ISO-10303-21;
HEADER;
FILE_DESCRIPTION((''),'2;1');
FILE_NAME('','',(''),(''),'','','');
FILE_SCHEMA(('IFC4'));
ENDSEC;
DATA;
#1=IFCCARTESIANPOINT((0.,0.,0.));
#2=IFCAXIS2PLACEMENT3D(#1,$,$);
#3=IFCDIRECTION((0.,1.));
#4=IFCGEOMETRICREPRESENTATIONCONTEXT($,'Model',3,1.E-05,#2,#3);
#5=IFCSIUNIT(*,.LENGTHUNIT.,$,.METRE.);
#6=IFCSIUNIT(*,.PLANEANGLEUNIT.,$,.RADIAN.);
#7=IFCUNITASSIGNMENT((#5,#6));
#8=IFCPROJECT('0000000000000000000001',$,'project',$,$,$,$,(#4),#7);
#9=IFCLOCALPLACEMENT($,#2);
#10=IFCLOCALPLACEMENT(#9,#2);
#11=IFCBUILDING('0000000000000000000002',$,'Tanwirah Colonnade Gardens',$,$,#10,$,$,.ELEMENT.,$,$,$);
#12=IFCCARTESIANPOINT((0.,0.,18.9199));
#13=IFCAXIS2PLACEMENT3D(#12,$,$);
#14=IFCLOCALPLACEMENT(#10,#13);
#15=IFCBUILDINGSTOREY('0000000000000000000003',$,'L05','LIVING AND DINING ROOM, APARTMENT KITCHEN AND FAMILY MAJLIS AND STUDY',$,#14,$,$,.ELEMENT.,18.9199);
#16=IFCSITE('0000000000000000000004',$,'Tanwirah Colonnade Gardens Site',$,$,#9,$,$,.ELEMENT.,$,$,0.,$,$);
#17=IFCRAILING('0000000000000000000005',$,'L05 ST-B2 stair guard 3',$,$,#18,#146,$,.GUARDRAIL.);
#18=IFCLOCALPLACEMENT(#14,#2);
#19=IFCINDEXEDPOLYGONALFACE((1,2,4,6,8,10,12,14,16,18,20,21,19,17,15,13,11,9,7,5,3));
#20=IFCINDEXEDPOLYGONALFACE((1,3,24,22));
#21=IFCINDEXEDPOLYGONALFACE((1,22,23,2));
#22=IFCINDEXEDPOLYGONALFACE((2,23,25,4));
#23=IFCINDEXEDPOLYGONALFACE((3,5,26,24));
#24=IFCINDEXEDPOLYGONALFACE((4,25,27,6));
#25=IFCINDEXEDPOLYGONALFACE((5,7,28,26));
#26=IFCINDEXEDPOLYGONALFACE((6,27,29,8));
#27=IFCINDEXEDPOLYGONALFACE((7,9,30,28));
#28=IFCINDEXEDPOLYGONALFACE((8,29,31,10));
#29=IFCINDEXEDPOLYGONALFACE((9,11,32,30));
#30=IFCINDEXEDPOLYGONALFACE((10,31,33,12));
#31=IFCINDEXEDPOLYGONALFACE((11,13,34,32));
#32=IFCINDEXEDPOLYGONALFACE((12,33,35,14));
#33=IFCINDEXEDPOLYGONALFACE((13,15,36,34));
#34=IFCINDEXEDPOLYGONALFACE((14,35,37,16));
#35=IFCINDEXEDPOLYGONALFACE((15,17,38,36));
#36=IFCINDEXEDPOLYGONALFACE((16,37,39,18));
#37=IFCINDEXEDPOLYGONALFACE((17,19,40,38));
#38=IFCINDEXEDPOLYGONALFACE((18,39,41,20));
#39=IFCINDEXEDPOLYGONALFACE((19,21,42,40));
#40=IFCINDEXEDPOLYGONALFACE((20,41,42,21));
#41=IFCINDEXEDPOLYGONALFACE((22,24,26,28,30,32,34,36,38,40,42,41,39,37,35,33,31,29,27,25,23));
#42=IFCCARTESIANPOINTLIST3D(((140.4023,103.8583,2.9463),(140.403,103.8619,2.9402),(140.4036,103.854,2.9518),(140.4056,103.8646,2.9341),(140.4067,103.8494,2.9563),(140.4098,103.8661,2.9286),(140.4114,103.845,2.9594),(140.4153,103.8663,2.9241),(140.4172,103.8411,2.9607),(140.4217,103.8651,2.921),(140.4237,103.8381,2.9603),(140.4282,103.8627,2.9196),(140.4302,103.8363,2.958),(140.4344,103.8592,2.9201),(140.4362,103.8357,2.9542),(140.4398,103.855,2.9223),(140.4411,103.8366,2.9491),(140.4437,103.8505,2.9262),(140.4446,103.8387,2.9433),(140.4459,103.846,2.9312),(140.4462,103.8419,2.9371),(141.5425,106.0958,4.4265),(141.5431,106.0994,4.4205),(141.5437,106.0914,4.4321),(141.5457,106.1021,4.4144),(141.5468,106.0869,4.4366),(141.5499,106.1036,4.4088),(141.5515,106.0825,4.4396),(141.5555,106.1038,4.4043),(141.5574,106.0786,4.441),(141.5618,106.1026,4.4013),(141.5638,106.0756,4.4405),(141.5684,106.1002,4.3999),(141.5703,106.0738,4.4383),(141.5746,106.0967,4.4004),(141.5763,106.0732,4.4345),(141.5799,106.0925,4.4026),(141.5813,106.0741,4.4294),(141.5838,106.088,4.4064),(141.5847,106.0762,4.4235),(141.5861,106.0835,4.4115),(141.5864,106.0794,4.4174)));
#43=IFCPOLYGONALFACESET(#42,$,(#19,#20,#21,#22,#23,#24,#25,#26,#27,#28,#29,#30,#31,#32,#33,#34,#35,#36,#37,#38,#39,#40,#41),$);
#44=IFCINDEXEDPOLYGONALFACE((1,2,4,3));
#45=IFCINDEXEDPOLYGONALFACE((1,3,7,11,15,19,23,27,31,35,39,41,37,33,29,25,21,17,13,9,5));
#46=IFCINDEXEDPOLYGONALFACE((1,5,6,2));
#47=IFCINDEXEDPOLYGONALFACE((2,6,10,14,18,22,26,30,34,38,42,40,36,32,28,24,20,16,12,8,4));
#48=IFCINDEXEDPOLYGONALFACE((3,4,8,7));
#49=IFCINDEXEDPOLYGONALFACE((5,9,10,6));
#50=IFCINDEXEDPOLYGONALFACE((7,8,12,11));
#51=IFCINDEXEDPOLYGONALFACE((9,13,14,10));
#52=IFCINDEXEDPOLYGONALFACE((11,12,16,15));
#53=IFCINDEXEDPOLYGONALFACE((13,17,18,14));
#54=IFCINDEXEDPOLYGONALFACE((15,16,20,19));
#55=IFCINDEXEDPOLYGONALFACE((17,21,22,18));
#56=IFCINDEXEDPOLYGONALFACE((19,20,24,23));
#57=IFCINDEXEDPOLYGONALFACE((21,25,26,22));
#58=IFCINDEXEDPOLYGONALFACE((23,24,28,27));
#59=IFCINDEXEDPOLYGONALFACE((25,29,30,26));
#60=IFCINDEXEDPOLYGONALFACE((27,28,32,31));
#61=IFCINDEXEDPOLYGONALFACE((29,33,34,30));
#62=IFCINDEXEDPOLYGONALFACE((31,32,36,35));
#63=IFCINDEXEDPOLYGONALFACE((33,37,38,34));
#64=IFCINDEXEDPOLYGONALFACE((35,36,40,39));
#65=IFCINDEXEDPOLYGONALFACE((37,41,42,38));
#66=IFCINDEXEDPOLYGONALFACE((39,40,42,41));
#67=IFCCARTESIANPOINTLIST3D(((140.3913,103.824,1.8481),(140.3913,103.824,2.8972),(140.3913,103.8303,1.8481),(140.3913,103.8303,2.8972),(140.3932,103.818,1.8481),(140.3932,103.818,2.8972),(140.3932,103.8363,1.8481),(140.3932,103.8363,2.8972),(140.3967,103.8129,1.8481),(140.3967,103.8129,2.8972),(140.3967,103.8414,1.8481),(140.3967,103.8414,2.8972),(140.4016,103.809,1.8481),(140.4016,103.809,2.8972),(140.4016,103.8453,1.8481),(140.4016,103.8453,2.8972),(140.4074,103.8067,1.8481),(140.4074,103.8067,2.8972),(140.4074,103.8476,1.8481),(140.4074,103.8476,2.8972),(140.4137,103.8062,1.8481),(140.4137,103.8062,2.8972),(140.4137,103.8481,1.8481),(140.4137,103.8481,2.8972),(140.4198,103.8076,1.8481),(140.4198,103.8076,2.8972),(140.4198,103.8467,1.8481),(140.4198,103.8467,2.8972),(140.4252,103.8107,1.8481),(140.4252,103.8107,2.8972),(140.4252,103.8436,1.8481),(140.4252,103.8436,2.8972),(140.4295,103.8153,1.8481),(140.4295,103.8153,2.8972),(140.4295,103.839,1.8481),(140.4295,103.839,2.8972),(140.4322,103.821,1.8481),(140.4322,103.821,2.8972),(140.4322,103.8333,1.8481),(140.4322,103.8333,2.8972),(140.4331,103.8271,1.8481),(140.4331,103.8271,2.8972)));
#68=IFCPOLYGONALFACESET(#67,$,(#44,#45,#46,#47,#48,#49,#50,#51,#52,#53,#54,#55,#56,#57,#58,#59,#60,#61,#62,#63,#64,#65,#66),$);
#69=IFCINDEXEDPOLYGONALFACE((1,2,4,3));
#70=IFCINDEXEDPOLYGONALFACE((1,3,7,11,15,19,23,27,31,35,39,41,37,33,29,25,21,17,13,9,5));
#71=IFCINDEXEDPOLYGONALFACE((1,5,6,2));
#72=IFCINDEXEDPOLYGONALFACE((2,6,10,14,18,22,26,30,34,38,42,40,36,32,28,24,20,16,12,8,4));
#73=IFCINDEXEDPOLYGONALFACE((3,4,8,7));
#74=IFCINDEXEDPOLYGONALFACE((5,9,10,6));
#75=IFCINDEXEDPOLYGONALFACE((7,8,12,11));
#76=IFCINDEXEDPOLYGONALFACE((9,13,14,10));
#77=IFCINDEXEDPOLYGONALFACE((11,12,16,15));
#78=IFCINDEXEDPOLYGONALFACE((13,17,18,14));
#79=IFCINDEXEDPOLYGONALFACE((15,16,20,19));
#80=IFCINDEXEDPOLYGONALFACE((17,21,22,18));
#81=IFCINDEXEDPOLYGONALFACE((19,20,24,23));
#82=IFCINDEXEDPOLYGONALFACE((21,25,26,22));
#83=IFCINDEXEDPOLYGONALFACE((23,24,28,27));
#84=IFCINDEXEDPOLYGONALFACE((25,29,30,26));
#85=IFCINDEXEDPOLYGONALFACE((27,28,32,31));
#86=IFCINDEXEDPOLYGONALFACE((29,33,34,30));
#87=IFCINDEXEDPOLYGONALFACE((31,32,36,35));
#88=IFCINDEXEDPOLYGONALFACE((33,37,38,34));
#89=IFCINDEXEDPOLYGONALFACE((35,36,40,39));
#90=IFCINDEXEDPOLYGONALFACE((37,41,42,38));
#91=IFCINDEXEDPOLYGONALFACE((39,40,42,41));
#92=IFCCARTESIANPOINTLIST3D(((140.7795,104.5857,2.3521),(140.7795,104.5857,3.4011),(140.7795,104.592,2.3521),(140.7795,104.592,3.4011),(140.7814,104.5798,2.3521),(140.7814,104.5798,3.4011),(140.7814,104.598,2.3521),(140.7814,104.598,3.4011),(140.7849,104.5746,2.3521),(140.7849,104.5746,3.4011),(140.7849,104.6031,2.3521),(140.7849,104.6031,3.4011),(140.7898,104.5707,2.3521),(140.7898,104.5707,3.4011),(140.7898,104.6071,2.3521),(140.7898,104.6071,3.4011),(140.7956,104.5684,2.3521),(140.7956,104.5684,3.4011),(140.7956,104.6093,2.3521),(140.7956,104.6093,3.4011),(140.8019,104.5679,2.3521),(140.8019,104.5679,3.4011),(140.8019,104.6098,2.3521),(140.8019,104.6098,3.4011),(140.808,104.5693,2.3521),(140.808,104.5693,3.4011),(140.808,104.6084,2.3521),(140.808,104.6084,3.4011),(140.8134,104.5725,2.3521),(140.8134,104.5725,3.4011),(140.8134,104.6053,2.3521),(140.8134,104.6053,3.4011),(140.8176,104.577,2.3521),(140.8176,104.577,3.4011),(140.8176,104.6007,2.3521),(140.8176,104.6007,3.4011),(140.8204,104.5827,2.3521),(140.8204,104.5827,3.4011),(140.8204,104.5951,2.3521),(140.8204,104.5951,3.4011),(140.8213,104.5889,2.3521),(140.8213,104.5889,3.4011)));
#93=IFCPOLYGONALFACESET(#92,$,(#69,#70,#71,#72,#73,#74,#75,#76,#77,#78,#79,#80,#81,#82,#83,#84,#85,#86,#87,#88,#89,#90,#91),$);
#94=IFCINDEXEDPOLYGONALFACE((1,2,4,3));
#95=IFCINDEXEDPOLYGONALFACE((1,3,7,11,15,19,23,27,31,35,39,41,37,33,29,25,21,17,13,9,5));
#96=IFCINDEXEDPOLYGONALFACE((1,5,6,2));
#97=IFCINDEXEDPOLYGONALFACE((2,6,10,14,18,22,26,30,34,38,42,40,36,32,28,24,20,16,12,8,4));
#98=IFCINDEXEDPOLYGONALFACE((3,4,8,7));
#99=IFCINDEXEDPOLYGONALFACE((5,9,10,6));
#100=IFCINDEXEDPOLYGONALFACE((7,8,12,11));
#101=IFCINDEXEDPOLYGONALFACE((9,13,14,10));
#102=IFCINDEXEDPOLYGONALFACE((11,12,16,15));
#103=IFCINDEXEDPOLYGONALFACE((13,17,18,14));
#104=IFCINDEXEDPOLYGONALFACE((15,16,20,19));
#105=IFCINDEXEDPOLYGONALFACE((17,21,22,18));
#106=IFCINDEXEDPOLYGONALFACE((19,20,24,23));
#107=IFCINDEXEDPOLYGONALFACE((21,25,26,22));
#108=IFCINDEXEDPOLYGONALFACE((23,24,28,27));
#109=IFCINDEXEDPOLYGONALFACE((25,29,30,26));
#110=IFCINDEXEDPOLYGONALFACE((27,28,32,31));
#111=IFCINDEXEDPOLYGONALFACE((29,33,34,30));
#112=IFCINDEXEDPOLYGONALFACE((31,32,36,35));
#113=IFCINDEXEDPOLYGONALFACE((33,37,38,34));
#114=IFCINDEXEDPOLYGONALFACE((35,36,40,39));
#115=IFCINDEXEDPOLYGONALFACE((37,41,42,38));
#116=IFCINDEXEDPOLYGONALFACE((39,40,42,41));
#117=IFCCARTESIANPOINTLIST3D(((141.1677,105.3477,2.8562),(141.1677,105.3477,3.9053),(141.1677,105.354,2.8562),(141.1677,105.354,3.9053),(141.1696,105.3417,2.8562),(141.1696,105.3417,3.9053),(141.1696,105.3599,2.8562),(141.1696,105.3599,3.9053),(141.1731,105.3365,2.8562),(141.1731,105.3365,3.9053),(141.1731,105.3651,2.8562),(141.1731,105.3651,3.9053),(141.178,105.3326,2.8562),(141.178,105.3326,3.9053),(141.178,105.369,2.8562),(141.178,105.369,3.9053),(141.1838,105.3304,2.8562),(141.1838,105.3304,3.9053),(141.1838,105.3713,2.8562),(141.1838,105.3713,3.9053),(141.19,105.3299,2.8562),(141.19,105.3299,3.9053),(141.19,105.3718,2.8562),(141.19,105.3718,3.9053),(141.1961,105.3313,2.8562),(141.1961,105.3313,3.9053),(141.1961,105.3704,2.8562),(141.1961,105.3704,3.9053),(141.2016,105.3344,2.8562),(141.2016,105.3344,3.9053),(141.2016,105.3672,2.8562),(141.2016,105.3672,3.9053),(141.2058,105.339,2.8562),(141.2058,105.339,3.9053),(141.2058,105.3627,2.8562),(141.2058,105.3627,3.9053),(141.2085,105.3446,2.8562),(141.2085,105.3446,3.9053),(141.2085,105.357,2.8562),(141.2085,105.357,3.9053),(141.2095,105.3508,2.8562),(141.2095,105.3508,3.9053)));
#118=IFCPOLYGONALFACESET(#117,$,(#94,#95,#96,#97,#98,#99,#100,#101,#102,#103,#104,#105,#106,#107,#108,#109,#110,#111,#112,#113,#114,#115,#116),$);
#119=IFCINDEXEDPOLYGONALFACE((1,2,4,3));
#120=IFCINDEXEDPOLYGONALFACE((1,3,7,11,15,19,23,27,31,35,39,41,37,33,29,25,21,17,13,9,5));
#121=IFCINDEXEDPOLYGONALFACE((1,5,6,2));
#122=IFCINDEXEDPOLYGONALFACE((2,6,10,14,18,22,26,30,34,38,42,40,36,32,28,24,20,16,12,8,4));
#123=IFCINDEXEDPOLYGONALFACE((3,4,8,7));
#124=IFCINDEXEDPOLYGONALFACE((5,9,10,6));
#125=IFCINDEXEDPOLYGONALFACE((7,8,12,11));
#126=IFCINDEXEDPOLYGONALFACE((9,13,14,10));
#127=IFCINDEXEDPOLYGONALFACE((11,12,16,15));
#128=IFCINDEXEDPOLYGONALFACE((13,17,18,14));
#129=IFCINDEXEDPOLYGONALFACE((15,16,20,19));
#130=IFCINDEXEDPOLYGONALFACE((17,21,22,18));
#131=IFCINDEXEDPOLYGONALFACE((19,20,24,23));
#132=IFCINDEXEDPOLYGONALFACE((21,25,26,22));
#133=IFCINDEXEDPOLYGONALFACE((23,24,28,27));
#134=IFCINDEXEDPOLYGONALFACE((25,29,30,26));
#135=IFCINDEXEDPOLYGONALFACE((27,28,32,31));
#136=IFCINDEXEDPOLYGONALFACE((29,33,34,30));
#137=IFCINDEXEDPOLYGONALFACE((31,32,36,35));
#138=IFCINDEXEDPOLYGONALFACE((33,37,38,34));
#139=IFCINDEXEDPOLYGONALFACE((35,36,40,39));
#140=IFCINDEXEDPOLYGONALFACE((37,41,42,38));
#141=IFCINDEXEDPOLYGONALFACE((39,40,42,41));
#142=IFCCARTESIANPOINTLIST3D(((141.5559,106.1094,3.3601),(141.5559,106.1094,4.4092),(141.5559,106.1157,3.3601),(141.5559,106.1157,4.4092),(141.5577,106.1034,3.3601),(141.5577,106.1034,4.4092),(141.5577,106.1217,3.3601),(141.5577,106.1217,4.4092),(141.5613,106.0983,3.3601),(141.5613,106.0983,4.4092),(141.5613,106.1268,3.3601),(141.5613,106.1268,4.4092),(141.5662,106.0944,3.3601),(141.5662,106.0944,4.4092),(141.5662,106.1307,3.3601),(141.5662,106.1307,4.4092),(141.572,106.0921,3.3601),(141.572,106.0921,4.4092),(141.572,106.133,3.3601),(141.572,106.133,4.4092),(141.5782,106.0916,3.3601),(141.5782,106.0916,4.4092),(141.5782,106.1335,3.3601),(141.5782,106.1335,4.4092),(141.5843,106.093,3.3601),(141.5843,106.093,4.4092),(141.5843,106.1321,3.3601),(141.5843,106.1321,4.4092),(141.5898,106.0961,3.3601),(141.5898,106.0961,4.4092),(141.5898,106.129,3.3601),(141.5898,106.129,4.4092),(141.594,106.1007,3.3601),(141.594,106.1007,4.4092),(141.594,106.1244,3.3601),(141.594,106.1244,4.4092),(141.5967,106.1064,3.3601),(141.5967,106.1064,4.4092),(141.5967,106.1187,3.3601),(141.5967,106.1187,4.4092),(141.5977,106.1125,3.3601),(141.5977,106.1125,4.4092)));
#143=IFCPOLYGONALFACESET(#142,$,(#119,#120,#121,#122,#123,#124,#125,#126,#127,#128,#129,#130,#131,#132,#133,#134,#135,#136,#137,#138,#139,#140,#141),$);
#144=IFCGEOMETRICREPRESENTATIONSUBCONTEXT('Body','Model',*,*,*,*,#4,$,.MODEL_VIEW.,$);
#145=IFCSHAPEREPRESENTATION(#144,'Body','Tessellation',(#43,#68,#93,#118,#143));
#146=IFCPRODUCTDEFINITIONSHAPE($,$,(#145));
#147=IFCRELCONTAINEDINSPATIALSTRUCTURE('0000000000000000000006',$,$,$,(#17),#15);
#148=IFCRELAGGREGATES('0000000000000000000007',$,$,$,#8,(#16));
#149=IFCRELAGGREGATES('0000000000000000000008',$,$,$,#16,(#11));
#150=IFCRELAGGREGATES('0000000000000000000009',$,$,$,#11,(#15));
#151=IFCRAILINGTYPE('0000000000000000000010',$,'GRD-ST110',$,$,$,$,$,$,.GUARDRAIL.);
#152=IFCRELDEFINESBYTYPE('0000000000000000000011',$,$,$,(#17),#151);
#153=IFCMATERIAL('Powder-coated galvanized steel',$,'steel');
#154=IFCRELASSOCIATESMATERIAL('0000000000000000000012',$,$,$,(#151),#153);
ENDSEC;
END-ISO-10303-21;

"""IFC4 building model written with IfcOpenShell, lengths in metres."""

from ifc_helpers import new_model, si_unit, direction, frame, origin, origin_2d, place, context, subcontext, project, spatial, circle, extrude, material, type_object, element, save


model = new_model("IFC4")

# Units and contexts
model_context = context("Model", 3, precision=1e-05, world=origin(), true_north=direction((0.0, 1.0)))
body_context = subcontext(model_context, "Body", "Model", "MODEL_VIEW")
ifc_project = project(units=[si_unit("LENGTHUNIT", "METRE"), si_unit("PLANEANGLEUNIT", "RADIAN")], contexts=[model_context])

# Site, building, storey
site_placement = place(None, origin())
site = spatial("IfcSite", under=ifc_project, at=site_placement, Name="Tanwirah Colonnade Gardens Site", CompositionType="ELEMENT", RefElevation=0.0)
building_placement = place(site_placement, origin())
building = spatial("IfcBuilding", under=site, at=building_placement, Name="Tanwirah Colonnade Gardens", CompositionType="ELEMENT")
storey_placement = place(building_placement, frame((0.0, 0.0, 18.9199)))
storey = spatial("IfcBuildingStorey", under=building, at=storey_placement, Name="L05", Description="LIVING AND DINING ROOM, APARTMENT KITCHEN AND FAMILY MAJLIS AND STUDY", CompositionType="ELEMENT", Elevation=18.9199)

# Railing
ifc_material_1 = material(Name="Powder-coated galvanized steel", Category="steel")
railing_type_1 = type_object("IfcRailingType", Name="GRD-ST110", PredefinedType="GUARDRAIL", material=ifc_material_1)
railing_1_placement = place(storey_placement, frame((140.4121, 103.8271, 1.8481)))
element("IfcRailing", 1, at=railing_1_placement, inside=storey, type_object=railing_type_1, Name="L05 ST-B2 stair guard 3", PredefinedType="GUARDRAIL", context=body_context, shape_type="SweptSolid", body=[
    extrude(circle(Radius=0.0239, at=origin_2d()), frame((0.0122, 0.0239, 1.092), z_axis=(0.391122, 0.767567, 0.507803), x_axis=(-0.890994, 0.454016, 0.0)), (0.0, 0.0, 1.0), 2.915),
    extrude(circle(Radius=0.021, at=origin_2d()), origin(), (0.0, 0.0, 1.0), 1.0491),
    extrude(circle(Radius=0.021, at=origin_2d()), frame((0.3882, 0.7617, 0.5039)), (0.0, 0.0, 1.0), 1.0491),
    extrude(circle(Radius=0.021, at=origin_2d()), frame((0.7764, 1.5237, 1.0081)), (0.0, 0.0, 1.0), 1.0491),
    extrude(circle(Radius=0.021, at=origin_2d()), frame((1.1646, 2.2854, 1.512)), (0.0, 0.0, 1.0), 1.0491),
])

save(model, "model.ifc")
